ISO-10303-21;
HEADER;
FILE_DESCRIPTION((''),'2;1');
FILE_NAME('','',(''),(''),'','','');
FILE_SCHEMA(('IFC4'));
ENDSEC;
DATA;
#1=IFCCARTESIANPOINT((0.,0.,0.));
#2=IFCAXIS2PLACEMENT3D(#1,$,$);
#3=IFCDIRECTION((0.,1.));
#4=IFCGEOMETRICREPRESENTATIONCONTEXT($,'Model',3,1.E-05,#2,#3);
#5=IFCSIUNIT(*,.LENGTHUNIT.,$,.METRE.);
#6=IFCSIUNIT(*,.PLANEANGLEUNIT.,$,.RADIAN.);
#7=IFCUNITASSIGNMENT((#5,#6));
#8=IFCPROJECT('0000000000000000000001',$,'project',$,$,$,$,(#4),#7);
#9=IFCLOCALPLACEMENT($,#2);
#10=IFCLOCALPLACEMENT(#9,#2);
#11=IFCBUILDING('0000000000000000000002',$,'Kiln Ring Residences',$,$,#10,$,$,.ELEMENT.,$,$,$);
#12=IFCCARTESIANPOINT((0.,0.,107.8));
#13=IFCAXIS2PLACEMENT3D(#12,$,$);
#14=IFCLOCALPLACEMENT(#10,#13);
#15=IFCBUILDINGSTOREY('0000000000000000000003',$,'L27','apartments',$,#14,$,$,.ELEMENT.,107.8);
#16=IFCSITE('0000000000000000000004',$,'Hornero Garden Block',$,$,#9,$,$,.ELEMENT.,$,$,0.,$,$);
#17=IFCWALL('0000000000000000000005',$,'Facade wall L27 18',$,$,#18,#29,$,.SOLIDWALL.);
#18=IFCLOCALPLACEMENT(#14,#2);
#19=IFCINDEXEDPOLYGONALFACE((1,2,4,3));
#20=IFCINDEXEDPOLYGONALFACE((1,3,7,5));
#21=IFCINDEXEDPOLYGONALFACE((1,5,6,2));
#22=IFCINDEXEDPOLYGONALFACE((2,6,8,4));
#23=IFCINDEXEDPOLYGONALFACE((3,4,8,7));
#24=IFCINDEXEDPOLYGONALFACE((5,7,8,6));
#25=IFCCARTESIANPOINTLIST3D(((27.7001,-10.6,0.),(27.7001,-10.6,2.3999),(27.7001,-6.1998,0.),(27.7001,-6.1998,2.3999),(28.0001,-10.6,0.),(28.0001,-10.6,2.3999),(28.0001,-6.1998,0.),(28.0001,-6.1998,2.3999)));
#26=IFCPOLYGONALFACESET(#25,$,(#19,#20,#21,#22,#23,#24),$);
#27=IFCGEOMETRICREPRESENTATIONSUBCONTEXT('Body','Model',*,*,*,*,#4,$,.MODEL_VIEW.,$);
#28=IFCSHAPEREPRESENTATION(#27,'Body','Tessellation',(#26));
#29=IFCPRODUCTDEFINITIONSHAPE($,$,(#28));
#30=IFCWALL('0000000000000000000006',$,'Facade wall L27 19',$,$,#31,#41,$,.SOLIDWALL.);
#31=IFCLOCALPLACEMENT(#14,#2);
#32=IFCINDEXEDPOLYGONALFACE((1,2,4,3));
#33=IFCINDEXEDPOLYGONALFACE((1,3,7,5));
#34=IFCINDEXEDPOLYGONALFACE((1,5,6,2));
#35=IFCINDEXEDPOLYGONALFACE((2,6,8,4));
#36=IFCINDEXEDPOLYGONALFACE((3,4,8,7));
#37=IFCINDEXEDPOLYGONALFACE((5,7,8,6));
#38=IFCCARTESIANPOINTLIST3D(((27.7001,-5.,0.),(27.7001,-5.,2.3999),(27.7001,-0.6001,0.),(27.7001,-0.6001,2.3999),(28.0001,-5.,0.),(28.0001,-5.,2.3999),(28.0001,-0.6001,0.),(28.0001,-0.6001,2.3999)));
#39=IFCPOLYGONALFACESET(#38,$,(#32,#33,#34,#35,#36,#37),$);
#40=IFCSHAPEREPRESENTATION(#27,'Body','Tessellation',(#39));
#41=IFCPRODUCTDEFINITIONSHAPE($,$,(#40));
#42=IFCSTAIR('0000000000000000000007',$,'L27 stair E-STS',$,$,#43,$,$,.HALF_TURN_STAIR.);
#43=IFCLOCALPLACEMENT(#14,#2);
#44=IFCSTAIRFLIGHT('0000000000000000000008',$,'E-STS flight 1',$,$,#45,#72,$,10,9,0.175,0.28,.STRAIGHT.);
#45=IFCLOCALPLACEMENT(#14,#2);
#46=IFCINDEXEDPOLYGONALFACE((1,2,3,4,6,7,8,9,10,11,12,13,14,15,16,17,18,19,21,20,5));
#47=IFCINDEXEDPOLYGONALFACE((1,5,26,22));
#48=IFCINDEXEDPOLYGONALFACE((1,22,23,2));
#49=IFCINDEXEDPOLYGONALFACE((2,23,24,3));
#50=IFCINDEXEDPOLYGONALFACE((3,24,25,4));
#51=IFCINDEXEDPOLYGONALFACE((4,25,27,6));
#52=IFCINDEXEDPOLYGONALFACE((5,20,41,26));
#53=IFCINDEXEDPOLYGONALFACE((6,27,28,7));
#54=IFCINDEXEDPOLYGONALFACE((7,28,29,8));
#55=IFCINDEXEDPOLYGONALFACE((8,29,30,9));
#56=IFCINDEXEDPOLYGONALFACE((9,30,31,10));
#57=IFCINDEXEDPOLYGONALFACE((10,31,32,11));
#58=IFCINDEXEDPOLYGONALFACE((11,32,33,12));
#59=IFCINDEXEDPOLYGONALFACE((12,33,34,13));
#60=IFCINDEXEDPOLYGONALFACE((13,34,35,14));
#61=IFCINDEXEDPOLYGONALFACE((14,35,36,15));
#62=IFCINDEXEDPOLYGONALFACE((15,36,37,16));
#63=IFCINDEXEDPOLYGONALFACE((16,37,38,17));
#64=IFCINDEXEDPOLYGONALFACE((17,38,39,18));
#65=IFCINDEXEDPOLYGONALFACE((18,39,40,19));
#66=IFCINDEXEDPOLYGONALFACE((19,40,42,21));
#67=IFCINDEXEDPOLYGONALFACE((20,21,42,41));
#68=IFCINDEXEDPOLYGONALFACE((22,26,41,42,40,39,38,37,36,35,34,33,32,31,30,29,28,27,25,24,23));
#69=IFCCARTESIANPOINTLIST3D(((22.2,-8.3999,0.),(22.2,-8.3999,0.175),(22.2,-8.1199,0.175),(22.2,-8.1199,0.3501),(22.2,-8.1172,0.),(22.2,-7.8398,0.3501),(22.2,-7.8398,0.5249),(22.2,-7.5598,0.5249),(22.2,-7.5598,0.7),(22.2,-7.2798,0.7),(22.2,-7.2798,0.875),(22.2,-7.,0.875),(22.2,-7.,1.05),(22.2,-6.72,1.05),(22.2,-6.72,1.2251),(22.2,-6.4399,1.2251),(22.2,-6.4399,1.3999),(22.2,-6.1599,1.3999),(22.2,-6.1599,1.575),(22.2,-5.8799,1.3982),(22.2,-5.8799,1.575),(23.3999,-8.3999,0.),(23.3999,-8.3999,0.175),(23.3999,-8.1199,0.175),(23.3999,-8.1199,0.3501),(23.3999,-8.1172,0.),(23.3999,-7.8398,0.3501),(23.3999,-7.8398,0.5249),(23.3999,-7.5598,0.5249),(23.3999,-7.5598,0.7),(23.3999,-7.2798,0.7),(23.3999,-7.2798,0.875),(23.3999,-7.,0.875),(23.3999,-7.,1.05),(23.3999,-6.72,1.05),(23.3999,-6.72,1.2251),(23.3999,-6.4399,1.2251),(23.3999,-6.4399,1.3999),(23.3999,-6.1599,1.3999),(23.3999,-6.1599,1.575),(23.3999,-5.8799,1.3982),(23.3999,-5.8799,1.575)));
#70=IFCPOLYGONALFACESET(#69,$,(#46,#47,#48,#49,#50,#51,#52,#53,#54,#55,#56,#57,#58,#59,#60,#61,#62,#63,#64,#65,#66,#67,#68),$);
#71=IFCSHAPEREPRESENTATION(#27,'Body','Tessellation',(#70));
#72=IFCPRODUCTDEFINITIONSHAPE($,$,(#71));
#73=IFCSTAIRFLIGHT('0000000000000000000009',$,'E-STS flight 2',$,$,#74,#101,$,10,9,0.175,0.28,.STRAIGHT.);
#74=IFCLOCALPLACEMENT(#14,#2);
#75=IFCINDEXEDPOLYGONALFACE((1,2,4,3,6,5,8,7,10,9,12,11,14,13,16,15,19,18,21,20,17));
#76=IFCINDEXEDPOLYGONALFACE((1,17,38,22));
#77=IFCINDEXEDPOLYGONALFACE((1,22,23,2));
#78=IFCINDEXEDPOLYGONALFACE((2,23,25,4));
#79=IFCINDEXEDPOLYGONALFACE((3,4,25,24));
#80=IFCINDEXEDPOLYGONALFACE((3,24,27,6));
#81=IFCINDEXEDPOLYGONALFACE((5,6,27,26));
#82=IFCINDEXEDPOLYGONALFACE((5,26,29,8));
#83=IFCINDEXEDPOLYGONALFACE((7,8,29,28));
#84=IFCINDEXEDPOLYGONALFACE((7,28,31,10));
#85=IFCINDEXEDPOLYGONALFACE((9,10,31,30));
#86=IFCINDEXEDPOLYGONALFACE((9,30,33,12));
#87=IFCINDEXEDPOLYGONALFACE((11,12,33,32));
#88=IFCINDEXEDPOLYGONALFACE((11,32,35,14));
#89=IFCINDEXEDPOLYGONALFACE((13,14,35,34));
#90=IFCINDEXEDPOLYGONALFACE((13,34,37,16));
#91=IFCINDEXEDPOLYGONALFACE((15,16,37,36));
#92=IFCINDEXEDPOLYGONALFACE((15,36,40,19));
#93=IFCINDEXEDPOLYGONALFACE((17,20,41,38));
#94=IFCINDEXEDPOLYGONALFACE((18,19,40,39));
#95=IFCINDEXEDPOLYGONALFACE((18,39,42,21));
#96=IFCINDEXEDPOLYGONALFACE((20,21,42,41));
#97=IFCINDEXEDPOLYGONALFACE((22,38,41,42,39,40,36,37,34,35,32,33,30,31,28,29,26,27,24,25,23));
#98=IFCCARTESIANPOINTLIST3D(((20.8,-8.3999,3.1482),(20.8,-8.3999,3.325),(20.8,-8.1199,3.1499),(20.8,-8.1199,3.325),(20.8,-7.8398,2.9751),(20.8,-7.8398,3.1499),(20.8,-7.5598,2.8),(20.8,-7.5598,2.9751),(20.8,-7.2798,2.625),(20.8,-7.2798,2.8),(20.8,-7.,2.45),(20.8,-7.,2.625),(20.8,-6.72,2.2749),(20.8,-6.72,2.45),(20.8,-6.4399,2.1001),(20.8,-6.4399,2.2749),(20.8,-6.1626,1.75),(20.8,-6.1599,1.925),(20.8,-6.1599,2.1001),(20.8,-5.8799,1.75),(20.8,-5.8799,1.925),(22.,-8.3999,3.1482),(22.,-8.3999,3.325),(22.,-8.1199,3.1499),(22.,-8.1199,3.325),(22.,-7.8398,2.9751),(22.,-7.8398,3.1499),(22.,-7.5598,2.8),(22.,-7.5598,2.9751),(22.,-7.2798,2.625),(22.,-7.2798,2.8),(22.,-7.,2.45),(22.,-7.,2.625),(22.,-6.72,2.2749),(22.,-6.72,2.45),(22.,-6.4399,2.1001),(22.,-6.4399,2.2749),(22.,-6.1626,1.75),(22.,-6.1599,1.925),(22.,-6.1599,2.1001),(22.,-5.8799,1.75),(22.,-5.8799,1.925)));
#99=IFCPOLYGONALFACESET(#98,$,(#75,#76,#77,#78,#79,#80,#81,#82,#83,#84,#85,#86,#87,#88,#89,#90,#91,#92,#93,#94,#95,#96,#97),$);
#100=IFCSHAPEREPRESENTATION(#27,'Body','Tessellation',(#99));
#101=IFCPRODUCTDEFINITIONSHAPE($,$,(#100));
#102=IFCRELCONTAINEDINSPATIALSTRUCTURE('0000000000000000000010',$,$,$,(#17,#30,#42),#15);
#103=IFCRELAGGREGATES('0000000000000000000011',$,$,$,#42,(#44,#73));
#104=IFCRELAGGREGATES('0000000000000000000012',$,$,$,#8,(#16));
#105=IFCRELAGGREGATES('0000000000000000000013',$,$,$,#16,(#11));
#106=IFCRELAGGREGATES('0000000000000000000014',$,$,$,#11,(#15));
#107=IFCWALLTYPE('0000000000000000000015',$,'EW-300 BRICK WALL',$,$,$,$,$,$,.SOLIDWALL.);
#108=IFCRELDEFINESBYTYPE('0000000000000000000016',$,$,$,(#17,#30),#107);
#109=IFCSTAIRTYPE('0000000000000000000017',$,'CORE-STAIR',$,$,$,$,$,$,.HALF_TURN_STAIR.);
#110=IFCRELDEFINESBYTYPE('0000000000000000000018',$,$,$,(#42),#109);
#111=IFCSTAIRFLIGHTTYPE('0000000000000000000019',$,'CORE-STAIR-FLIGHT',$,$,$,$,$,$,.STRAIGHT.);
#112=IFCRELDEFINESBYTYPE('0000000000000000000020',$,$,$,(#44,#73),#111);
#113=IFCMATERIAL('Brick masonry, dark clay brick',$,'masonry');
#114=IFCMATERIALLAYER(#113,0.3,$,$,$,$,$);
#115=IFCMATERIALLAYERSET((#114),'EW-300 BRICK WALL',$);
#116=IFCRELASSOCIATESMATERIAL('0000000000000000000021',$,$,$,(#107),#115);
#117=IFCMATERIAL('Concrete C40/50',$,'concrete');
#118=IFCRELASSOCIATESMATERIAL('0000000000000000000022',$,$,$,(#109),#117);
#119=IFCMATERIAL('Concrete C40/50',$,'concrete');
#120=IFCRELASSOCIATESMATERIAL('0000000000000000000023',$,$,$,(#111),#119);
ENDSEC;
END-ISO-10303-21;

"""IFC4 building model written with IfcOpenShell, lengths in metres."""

from ifc_helpers import new_model, si_unit, direction, frame, frame_2d, origin, place, context, subcontext, project, spatial, polyline, rectangle, outline, extrude, material, layer, layer_set, type_object, element, aggregate, save


model = new_model("IFC4")

# Units and contexts
model_context = context("Model", 3, precision=1e-05, world=origin(), true_north=direction((0.0, 1.0)))
body_context = subcontext(model_context, "Body", "Model", "MODEL_VIEW")
ifc_project = project(units=[si_unit("LENGTHUNIT", "METRE"), si_unit("PLANEANGLEUNIT", "RADIAN")], contexts=[model_context])

# Site, building, storey
site_placement = place(None, origin())
site = spatial("IfcSite", under=ifc_project, at=site_placement, Name="Hornero Garden Block", CompositionType="ELEMENT", RefElevation=0.0)
building_placement = place(site_placement, origin())
building = spatial("IfcBuilding", under=site, at=building_placement, Name="Kiln Ring Residences", CompositionType="ELEMENT")
storey_placement = place(building_placement, frame((0.0, 0.0, 107.8)))
storey = spatial("IfcBuildingStorey", under=building, at=storey_placement, Name="L27", Description="apartments", CompositionType="ELEMENT", Elevation=107.8)

# Walls
ifc_material_1 = material(Name="Brick masonry, dark clay brick", Category="masonry")
ifc_layer_1 = layer(ifc_material_1, 0.3)
ifc_layer_set_1 = layer_set([ifc_layer_1], Name="EW-300 BRICK WALL")
wall_type_1 = type_object("IfcWallType", Name="EW-300 BRICK WALL", PredefinedType="SOLIDWALL", material=ifc_layer_set_1)
wall_1_placement = place(storey_placement, frame((27.8501, -10.6001, 0.0), z_axis=(0.0, 0.0, 1.0), x_axis=(0.0, 1.0, 0.0)))
element("IfcWall", 1, at=wall_1_placement, inside=storey, type_object=wall_type_1, Name="Facade wall L27 18", PredefinedType="SOLIDWALL", context=body_context, shape_type="SweptSolid", body=[
    extrude(rectangle(XDim=4.4001, YDim=0.3, at=frame_2d((2.2002, 0.0))), origin(), (0.0, 0.0, 1.0), 2.3999),
])
wall_2_placement = place(storey_placement, frame((27.8501, -5.0, 0.0), z_axis=(0.0, 0.0, 1.0), x_axis=(0.0, 1.0, 0.0)))
element("IfcWall", 2, at=wall_2_placement, inside=storey, type_object=wall_type_1, Name="Facade wall L27 19", PredefinedType="SOLIDWALL", context=body_context, shape_type="SweptSolid", body=[
    extrude(rectangle(XDim=4.3999, YDim=0.3, at=frame_2d((2.2, 0.0))), origin(), (0.0, 0.0, 1.0), 2.3999),
])

# Stair, stair flights
ifc_material_2 = material(Name="Concrete C40/50", Category="concrete")
stair_type = type_object("IfcStairType", Name="CORE-STAIR", PredefinedType="HALF_TURN_STAIR", material=ifc_material_2)
stair_placement = place(storey_placement, origin())
stair = element("IfcStair", 3, at=stair_placement, inside=storey, type_object=stair_type, Name="L27 stair E-STS", PredefinedType="HALF_TURN_STAIR")
ifc_material_3 = material(Name="Concrete C40/50", Category="concrete")
stair_flight_type = type_object("IfcStairFlightType", Name="CORE-STAIR-FLIGHT", PredefinedType="STRAIGHT", material=ifc_material_3)
stair_flight_1_placement = place(storey_placement, frame((22.8, -8.3999, 0.0), z_axis=(0.0, 0.0, 1.0), x_axis=(0.0, 1.0, 0.0)))
stair_flight_1 = element("IfcStairFlight", 4, at=stair_flight_1_placement, type_object=stair_flight_type, Name="E-STS flight 1", NumberOfRisers=10, NumberOfTreads=9, PredefinedType="STRAIGHT", RiserHeight=0.175, TreadLength=0.28, context=body_context, shape_type="SweptSolid", body=[
    extrude(outline(polyline([(0.0, 0.0), (0.0, 0.175), (0.28, 0.175), (0.28, 0.3501), (0.5601, 0.3501), (0.5601, 0.5249), (0.8401, 0.5249), (0.8401, 0.7), (1.1201, 0.7), (1.1201, 0.875), (1.3999, 0.875), (1.3999, 1.05), (1.6799, 1.05), (1.6799, 1.2251), (1.96, 1.2251), (1.96, 1.3999), (2.24, 1.3999), (2.24, 1.575), (2.52, 1.575), (2.52, 1.75), (2.52, 1.3982), (0.2827, 0.0), (0.0, 0.0)])), frame((0.0, 0.6001, 0.0), z_axis=(0.0, -1.0, 0.0), x_axis=(1.0, 0.0, 0.0)), (0.0, 0.0, 1.0), 1.2),
])
stair_flight_2_placement = place(storey_placement, frame((21.3999, -5.8799, 1.75), z_axis=(0.0, 0.0, 1.0), x_axis=(0.0, -1.0, 0.0)))
stair_flight_2 = element("IfcStairFlight", 5, at=stair_flight_2_placement, type_object=stair_flight_type, Name="E-STS flight 2", NumberOfRisers=10, NumberOfTreads=9, PredefinedType="STRAIGHT", RiserHeight=0.175, TreadLength=0.28, context=body_context, shape_type="SweptSolid", body=[
    extrude(outline(polyline([(0.0, 0.0), (0.0, 0.175), (0.28, 0.175), (0.28, 0.3501), (0.5601, 0.3501), (0.5601, 0.5249), (0.8401, 0.5249), (0.8401, 0.7), (1.1201, 0.7), (1.1201, 0.875), (1.3999, 0.875), (1.3999, 1.05), (1.6799, 1.05), (1.6799, 1.2251), (1.96, 1.2251), (1.96, 1.3999), (2.24, 1.3999), (2.24, 1.575), (2.52, 1.575), (2.52, 1.75), (2.52, 1.3982), (0.2827, 0.0), (0.0, 0.0)])), frame((0.0, 0.6001, 0.0), z_axis=(0.0, -1.0, 0.0), x_axis=(1.0, 0.0, 0.0)), (0.0, 0.0, 1.0), 1.2),
])
aggregate(stair, [stair_flight_1, stair_flight_2])

save(model, "model.ifc")
